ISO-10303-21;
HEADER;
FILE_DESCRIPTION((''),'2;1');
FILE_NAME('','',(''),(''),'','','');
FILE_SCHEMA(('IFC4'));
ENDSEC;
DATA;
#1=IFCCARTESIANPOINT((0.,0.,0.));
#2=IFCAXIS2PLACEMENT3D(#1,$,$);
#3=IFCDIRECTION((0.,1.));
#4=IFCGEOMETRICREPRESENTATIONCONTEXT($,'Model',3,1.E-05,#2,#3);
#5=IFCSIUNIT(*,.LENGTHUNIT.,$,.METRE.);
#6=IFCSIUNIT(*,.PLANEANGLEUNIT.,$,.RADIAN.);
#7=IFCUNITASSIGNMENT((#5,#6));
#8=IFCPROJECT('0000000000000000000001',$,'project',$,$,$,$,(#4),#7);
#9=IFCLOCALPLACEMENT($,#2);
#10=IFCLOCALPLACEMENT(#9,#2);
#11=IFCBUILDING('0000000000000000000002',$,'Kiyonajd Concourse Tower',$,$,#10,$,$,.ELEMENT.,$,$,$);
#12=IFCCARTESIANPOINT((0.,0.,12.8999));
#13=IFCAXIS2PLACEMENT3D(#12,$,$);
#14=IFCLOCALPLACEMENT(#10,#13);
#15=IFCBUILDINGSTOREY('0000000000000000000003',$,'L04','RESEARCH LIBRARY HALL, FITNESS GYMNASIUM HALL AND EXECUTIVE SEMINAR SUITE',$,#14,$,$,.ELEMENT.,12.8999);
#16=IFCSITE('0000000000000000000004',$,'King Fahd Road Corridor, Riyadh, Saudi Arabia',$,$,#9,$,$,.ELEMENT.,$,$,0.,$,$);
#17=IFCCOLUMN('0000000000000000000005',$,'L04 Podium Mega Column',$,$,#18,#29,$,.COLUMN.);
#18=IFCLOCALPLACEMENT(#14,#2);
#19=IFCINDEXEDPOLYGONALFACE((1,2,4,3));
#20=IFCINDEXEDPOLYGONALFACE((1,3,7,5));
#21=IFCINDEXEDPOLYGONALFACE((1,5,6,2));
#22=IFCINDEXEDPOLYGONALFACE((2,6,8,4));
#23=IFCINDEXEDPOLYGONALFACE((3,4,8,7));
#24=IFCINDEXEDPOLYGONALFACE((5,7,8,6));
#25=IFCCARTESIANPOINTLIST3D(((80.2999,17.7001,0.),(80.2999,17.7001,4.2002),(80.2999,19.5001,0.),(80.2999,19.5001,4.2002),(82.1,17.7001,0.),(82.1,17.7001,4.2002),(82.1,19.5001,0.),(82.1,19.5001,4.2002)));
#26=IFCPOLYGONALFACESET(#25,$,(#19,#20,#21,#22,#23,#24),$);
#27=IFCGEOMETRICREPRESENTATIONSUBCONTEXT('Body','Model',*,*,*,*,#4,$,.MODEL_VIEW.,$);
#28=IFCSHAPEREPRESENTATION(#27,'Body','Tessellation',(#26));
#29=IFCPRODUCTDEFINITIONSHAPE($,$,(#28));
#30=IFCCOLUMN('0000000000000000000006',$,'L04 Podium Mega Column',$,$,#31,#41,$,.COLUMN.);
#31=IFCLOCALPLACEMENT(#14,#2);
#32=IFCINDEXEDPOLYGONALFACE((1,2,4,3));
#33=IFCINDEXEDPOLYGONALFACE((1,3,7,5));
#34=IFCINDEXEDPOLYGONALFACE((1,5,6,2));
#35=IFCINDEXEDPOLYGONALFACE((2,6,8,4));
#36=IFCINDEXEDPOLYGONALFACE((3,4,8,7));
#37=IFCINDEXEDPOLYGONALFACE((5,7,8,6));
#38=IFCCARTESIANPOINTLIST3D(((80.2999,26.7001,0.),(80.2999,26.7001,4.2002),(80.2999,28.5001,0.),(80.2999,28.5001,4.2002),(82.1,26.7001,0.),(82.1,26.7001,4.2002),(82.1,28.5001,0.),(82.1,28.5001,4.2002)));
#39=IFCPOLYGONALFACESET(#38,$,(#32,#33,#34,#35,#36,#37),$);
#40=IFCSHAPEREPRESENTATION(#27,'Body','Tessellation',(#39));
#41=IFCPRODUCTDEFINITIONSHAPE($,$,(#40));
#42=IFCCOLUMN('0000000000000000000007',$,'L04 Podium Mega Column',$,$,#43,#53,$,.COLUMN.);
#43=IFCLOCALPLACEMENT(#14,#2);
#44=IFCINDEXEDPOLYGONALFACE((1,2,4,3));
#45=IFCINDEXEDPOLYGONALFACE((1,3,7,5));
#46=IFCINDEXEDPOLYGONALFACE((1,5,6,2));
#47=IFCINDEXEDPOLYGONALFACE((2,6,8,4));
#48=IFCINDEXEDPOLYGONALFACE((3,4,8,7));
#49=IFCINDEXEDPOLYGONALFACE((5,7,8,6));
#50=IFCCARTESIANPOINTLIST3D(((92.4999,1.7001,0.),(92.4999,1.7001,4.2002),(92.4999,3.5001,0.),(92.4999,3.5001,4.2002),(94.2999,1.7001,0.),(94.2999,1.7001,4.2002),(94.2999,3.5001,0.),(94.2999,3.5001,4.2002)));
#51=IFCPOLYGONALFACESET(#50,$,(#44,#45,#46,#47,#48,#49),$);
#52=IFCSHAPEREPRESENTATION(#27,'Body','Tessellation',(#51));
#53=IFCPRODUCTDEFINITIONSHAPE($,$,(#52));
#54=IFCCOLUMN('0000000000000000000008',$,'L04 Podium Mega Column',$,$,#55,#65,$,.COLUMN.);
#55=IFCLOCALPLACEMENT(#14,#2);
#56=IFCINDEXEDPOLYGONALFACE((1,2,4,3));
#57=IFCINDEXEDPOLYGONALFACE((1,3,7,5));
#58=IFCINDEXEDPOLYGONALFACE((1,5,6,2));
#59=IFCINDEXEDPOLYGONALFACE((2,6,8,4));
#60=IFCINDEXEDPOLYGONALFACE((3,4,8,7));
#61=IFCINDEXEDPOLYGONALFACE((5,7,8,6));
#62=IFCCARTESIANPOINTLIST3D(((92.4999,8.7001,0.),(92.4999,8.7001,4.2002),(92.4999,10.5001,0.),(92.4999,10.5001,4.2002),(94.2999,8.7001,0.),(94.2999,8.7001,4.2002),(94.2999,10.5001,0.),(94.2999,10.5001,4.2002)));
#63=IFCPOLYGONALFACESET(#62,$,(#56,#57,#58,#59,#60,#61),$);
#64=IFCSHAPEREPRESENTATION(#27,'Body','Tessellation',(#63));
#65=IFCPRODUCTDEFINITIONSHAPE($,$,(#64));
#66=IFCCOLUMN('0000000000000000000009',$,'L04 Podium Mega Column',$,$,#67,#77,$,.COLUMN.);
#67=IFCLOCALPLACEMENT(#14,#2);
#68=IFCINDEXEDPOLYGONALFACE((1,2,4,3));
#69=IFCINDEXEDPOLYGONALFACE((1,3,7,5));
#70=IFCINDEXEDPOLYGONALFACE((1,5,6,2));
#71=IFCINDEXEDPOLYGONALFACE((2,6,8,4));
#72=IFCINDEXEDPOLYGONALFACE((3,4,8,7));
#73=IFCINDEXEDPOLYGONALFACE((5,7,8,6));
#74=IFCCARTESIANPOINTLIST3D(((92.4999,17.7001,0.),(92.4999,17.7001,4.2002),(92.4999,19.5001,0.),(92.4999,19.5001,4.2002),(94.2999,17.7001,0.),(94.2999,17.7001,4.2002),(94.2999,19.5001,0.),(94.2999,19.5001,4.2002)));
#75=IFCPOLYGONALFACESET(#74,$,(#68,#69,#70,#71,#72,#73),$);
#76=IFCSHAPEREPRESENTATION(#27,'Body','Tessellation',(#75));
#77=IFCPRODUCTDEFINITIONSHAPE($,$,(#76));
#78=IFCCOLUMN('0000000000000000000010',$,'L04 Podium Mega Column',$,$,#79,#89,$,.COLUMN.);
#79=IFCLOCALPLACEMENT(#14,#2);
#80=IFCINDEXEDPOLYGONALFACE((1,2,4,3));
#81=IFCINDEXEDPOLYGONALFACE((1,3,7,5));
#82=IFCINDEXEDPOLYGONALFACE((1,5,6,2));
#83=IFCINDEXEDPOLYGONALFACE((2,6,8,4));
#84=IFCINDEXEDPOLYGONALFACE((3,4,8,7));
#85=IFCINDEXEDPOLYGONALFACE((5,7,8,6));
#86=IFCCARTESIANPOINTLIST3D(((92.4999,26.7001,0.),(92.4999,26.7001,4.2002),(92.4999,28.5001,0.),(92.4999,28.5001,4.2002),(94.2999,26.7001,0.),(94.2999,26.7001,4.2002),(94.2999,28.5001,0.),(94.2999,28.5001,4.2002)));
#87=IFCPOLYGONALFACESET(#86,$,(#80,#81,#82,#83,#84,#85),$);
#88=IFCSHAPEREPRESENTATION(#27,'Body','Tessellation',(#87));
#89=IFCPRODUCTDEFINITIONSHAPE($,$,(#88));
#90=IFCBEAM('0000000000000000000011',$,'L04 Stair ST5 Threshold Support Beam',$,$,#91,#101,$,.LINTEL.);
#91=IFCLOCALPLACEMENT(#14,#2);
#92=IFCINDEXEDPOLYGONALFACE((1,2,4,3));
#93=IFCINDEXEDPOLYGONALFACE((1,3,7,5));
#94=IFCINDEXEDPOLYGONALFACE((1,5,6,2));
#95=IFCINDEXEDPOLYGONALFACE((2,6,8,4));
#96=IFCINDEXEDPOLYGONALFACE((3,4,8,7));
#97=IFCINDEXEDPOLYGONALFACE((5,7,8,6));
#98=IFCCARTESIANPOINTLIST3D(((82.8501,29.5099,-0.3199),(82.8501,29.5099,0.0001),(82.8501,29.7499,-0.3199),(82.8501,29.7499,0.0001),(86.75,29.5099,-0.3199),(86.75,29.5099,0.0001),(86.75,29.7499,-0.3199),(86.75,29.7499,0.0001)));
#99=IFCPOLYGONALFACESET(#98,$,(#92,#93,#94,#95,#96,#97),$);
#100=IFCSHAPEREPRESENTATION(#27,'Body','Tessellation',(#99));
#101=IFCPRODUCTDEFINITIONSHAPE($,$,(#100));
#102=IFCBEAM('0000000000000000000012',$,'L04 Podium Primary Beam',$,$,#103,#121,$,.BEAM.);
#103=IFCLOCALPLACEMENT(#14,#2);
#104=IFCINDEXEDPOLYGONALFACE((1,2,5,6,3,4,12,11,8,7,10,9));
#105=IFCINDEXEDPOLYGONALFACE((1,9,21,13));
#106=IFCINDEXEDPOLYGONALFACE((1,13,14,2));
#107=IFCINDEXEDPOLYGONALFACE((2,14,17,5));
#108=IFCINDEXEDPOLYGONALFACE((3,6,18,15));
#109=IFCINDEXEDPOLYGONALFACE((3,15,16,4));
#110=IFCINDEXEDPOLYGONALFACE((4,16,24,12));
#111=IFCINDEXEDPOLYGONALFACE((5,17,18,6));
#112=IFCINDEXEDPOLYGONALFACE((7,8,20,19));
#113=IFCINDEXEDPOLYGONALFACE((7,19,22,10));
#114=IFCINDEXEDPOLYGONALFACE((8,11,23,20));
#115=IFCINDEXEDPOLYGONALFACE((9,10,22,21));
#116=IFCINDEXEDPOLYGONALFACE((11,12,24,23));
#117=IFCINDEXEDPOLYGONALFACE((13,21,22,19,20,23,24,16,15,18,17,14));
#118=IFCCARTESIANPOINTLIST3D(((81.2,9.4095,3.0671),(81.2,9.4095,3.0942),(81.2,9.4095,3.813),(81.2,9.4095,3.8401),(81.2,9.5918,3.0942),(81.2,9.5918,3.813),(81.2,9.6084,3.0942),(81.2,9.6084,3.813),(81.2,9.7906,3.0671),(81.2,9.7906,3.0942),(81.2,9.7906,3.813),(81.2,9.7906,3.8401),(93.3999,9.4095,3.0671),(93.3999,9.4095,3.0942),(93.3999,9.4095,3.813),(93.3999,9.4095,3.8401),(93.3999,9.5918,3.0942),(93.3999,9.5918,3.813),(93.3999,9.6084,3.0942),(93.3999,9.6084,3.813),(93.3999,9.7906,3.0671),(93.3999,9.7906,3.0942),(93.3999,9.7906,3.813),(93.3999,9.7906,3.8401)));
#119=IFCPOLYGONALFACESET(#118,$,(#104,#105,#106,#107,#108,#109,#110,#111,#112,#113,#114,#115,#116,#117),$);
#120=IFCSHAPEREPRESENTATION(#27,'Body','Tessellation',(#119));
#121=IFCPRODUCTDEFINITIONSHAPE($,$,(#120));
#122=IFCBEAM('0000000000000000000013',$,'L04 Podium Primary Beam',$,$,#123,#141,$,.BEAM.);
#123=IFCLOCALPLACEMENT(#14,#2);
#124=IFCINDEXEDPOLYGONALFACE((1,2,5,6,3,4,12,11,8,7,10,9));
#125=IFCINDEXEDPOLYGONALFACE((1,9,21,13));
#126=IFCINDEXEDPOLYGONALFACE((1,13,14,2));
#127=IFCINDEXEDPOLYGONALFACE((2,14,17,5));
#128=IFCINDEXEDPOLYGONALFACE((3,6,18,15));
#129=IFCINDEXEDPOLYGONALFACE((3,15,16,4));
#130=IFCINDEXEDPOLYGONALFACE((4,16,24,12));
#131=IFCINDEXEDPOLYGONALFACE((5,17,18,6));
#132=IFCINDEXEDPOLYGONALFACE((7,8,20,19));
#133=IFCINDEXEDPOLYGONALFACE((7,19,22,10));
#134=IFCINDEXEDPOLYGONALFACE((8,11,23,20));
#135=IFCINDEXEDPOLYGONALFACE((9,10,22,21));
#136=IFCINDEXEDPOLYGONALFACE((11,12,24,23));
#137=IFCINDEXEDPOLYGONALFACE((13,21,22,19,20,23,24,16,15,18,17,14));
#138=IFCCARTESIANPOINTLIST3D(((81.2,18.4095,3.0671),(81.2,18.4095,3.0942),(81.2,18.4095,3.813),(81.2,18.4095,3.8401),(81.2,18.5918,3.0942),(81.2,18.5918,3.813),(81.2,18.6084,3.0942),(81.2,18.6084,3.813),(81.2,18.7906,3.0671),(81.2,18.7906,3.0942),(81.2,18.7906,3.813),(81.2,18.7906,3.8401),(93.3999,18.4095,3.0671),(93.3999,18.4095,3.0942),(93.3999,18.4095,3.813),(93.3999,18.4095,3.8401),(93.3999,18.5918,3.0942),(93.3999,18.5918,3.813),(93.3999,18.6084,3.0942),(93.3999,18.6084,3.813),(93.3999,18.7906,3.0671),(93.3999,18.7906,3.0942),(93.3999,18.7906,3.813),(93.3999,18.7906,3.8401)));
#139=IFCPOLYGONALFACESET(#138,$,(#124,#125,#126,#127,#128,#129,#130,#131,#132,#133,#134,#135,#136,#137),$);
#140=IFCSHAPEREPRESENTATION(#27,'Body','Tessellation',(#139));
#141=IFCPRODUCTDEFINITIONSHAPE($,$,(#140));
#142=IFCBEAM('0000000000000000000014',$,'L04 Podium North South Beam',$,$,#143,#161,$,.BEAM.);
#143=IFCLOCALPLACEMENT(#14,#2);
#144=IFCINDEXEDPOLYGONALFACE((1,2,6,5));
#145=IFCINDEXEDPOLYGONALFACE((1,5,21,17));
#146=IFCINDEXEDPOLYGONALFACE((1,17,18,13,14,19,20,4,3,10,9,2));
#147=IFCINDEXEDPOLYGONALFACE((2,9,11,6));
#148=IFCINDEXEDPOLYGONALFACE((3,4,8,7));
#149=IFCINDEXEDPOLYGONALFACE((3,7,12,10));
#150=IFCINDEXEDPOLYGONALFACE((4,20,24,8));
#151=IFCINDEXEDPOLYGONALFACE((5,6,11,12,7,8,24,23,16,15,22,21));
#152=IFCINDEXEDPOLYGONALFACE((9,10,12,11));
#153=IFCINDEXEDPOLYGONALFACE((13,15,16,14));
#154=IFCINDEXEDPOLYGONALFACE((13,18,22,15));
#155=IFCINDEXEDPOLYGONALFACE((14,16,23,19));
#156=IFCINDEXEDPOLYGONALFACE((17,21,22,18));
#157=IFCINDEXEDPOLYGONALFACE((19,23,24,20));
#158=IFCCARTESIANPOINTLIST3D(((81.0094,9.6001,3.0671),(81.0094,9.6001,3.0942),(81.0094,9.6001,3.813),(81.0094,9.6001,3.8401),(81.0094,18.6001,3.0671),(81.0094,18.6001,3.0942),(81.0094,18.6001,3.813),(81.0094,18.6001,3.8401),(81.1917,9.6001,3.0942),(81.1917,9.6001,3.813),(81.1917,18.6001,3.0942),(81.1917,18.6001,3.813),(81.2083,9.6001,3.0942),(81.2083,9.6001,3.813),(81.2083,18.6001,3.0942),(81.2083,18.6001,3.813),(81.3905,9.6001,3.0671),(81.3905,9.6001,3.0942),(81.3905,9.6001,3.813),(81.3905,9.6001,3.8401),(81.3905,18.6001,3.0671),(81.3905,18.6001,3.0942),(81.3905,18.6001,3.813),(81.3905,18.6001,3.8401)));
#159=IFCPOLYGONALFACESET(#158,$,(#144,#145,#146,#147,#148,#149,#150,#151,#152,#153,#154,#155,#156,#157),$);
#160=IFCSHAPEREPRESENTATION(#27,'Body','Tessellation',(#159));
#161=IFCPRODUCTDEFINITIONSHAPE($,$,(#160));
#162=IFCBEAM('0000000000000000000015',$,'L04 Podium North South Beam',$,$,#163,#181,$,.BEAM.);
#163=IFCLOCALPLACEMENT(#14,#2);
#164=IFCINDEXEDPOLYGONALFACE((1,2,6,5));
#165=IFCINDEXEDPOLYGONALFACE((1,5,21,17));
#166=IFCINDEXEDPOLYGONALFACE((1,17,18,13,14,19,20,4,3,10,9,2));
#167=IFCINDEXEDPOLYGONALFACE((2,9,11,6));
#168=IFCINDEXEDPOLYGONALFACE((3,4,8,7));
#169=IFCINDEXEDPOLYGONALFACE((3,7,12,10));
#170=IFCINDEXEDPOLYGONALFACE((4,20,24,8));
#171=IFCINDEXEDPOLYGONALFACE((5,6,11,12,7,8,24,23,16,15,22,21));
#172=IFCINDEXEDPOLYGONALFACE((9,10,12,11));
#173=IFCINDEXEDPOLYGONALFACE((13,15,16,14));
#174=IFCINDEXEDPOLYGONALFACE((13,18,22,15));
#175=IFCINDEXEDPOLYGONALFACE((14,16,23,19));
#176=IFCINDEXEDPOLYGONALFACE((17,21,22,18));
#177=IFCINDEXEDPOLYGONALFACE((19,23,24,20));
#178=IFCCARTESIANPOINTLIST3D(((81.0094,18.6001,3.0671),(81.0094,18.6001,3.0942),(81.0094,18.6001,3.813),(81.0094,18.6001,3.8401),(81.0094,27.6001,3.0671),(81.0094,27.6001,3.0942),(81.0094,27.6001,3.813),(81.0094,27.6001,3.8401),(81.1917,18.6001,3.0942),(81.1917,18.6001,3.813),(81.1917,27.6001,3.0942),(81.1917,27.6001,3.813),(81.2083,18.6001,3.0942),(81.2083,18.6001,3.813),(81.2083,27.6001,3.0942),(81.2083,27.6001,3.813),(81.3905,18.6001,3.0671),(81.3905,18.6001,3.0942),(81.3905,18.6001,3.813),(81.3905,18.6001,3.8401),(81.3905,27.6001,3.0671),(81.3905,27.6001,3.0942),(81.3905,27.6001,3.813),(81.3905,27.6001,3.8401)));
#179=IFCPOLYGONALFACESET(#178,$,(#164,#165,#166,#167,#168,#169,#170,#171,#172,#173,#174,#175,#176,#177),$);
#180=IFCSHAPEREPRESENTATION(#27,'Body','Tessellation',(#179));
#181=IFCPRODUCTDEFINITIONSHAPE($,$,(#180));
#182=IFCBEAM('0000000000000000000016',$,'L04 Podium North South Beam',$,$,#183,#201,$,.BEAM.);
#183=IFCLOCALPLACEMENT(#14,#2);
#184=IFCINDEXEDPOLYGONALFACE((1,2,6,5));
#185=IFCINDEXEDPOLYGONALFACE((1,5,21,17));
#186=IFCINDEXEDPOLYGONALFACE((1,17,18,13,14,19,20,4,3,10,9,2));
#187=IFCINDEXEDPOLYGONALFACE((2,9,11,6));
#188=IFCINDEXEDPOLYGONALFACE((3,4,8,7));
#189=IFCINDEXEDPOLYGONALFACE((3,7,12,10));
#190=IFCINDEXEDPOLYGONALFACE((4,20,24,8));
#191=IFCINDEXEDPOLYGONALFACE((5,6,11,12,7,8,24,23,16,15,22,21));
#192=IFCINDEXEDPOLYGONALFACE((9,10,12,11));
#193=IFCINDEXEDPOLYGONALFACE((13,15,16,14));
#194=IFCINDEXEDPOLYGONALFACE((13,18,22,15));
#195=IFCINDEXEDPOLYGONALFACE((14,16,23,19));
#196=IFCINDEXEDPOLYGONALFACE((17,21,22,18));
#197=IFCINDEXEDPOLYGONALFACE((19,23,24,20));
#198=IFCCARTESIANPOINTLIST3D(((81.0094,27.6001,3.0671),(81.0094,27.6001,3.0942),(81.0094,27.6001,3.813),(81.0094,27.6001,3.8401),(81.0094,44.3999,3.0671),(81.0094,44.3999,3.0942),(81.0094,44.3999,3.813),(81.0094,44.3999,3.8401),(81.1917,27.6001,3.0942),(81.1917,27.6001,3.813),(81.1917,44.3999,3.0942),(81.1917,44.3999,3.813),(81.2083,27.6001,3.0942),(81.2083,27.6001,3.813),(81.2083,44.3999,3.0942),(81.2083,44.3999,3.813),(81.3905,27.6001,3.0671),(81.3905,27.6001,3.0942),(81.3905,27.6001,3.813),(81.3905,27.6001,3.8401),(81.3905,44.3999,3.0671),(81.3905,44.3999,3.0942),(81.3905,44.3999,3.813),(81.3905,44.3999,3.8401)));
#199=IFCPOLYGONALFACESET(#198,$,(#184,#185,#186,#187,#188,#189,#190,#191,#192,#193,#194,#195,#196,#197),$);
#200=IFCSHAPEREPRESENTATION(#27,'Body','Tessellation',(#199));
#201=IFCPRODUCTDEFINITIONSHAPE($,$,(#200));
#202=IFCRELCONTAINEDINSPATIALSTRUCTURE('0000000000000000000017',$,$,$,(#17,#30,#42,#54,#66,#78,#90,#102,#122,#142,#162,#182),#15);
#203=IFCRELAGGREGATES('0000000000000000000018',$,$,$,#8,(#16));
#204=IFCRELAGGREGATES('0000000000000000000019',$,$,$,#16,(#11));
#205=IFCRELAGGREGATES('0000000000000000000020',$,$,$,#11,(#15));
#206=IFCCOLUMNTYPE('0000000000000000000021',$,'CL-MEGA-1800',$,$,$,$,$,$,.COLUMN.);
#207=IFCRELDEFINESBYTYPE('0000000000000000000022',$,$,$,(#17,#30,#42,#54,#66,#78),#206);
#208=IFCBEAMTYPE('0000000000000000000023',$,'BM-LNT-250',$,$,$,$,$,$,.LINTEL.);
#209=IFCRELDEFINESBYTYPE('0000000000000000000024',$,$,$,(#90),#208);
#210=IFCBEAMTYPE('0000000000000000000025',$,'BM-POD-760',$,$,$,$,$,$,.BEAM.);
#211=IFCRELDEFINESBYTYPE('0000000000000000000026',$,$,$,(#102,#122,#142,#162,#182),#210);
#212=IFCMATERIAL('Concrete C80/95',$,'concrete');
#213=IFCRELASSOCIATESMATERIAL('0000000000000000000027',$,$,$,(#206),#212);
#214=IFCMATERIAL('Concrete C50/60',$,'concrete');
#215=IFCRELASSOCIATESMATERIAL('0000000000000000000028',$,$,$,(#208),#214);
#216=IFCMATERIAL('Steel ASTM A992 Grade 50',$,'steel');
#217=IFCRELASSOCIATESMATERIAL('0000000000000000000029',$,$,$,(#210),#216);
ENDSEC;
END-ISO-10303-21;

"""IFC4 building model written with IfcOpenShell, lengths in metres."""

from ifc_helpers import new_model, si_unit, direction, frame, origin, origin_2d, place, context, subcontext, project, spatial, rectangle, i_section, extrude, material, material_profile, profile_set, type_object, element, save


model = new_model("IFC4")

# Units and contexts
model_context = context("Model", 3, precision=1e-05, world=origin(), true_north=direction((0.0, 1.0)))
body_context = subcontext(model_context, "Body", "Model", "MODEL_VIEW")
ifc_project = project(units=[si_unit("LENGTHUNIT", "METRE"), si_unit("PLANEANGLEUNIT", "RADIAN")], contexts=[model_context])

# Site, building, storey
site_placement = place(None, origin())
site = spatial("IfcSite", under=ifc_project, at=site_placement, Name="King Fahd Road Corridor, Riyadh, Saudi Arabia", CompositionType="ELEMENT", RefElevation=0.0)
building_placement = place(site_placement, origin())
building = spatial("IfcBuilding", under=site, at=building_placement, Name="Kiyonajd Concourse Tower", CompositionType="ELEMENT")
storey_placement = place(building_placement, frame((0.0, 0.0, 12.8999)))
storey = spatial("IfcBuildingStorey", under=building, at=storey_placement, Name="L04", Description="RESEARCH LIBRARY HALL, FITNESS GYMNASIUM HALL AND EXECUTIVE SEMINAR SUITE", CompositionType="ELEMENT", Elevation=12.8999)

# Columns
ifc_material_1 = material(Name="Concrete C80/95", Category="concrete")
ifc_material_profile_1 = material_profile(ifc_material_1, rectangle(XDim=1.8, YDim=1.8, at=origin_2d()), Name="RC-1800x1800")
ifc_profile_set_1 = profile_set([ifc_material_profile_1], Name="Concrete C80/95")
column_type = type_object("IfcColumnType", Name="CL-MEGA-1800", PredefinedType="COLUMN", material=ifc_profile_set_1)
for number, where, z_axis, x_axis, name in (
    (1, (81.2, 18.6001, 0.0), (0.0, 0.0, 1.0), (1.0, 0.0, 0.0), "L04 Podium Mega Column"),
    (2, (81.2, 27.6001, 0.0), (0.0, 0.0, 1.0), (1.0, 0.0, 0.0), "L04 Podium Mega Column"),
    (3, (93.3999, 2.6001, 0.0), (0.0, 0.0, 1.0), (1.0, 0.0, 0.0), "L04 Podium Mega Column"),
    (4, (93.3999, 9.6001, 0.0), (0.0, 0.0, 1.0), (1.0, 0.0, 0.0), "L04 Podium Mega Column"),
    (5, (93.3999, 18.6001, 0.0), (0.0, 0.0, 1.0), (1.0, 0.0, 0.0), "L04 Podium Mega Column"),
    (6, (93.3999, 27.6001, 0.0), (0.0, 0.0, 1.0), (1.0, 0.0, 0.0), "L04 Podium Mega Column"),
):
    element("IfcColumn", number, at=place(storey_placement, frame(where, z_axis=z_axis, x_axis=x_axis)), inside=storey, type_object=column_type, Name=name, PredefinedType="COLUMN", context=body_context, shape_type="SweptSolid", body=[
        extrude(rectangle(XDim=1.8, YDim=1.8, at=origin_2d()), origin(), (0.0, 0.0, 1.0), 4.2002),
    ])

# Beams
ifc_material_2 = material(Name="Concrete C50/60", Category="concrete")
ifc_material_profile_2 = material_profile(ifc_material_2, rectangle(XDim=0.24, YDim=0.3201, at=origin_2d()), Name="RCBM-240x320")
ifc_profile_set_2 = profile_set([ifc_material_profile_2], Name="Concrete C50/60")
beam_type_1 = type_object("IfcBeamType", Name="BM-LNT-250", PredefinedType="LINTEL", material=ifc_profile_set_2)
beam_1_placement = place(storey_placement, frame((82.8501, 29.6299, -0.1599), z_axis=(1.0, 0.0, 0.0), x_axis=(0.0, 1.0, 0.0)))
element("IfcBeam", 7, at=beam_1_placement, inside=storey, type_object=beam_type_1, Name="L04 Stair ST5 Threshold Support Beam", PredefinedType="LINTEL", context=body_context, shape_type="SweptSolid", body=[
    extrude(rectangle(XDim=0.24, YDim=0.3201, at=origin_2d()), origin(), (0.0, 0.0, 1.0), 3.8999),
])
ifc_material_3 = material(Name="Steel ASTM A992 Grade 50", Category="steel")
ifc_material_profile_3 = material_profile(ifc_material_3, i_section(OverallWidth=0.3811, OverallDepth=0.7729, WebThickness=0.0166, FlangeThickness=0.0271, at=origin_2d()), Name="W760X257")
ifc_profile_set_3 = profile_set([ifc_material_profile_3], Name="Steel ASTM A992 Grade 50")
beam_type_2 = type_object("IfcBeamType", Name="BM-POD-760", PredefinedType="BEAM", material=ifc_profile_set_3)
for number, where, z_axis, x_axis, name in (
    (8, (81.2, 9.6001, 3.4536), (1.0, 0.0, 0.0), (0.0, 1.0, 0.0), "L04 Podium Primary Beam"),
    (9, (81.2, 18.6001, 3.4536), (1.0, 0.0, 0.0), (0.0, 1.0, 0.0), "L04 Podium Primary Beam"),
):
    element("IfcBeam", number, at=place(storey_placement, frame(where, z_axis=z_axis, x_axis=x_axis)), inside=storey, type_object=beam_type_2, Name=name, PredefinedType="BEAM", context=body_context, shape_type="SweptSolid", body=[
        extrude(i_section(OverallWidth=0.3811, OverallDepth=0.7729, WebThickness=0.0166, FlangeThickness=0.0271, at=origin_2d()), origin(), (0.0, 0.0, 1.0), 12.2),
    ])
for number, where, z_axis, x_axis, name in (
    (10, (81.2, 9.6001, 3.4536), (0.0, 1.0, 0.0), (-1.0, 0.0, 0.0), "L04 Podium North South Beam"),
    (11, (81.2, 18.6001, 3.4536), (0.0, 1.0, 0.0), (-1.0, 0.0, 0.0), "L04 Podium North South Beam"),
):
    element("IfcBeam", number, at=place(storey_placement, frame(where, z_axis=z_axis, x_axis=x_axis)), inside=storey, type_object=beam_type_2, Name=name, PredefinedType="BEAM", context=body_context, shape_type="SweptSolid", body=[
        extrude(i_section(OverallWidth=0.3811, OverallDepth=0.7729, WebThickness=0.0166, FlangeThickness=0.0271, at=origin_2d()), origin(), (0.0, 0.0, 1.0), 9.0),
    ])
beam_2_placement = place(storey_placement, frame((81.2, 27.6001, 3.4536), z_axis=(0.0, 1.0, 0.0), x_axis=(-1.0, 0.0, 0.0)))
element("IfcBeam", 12, at=beam_2_placement, inside=storey, type_object=beam_type_2, Name="L04 Podium North South Beam", PredefinedType="BEAM", context=body_context, shape_type="SweptSolid", body=[
    extrude(i_section(OverallWidth=0.3811, OverallDepth=0.7729, WebThickness=0.0166, FlangeThickness=0.0271, at=origin_2d()), origin(), (0.0, 0.0, 1.0), 16.7998),
])

save(model, "model.ifc")
